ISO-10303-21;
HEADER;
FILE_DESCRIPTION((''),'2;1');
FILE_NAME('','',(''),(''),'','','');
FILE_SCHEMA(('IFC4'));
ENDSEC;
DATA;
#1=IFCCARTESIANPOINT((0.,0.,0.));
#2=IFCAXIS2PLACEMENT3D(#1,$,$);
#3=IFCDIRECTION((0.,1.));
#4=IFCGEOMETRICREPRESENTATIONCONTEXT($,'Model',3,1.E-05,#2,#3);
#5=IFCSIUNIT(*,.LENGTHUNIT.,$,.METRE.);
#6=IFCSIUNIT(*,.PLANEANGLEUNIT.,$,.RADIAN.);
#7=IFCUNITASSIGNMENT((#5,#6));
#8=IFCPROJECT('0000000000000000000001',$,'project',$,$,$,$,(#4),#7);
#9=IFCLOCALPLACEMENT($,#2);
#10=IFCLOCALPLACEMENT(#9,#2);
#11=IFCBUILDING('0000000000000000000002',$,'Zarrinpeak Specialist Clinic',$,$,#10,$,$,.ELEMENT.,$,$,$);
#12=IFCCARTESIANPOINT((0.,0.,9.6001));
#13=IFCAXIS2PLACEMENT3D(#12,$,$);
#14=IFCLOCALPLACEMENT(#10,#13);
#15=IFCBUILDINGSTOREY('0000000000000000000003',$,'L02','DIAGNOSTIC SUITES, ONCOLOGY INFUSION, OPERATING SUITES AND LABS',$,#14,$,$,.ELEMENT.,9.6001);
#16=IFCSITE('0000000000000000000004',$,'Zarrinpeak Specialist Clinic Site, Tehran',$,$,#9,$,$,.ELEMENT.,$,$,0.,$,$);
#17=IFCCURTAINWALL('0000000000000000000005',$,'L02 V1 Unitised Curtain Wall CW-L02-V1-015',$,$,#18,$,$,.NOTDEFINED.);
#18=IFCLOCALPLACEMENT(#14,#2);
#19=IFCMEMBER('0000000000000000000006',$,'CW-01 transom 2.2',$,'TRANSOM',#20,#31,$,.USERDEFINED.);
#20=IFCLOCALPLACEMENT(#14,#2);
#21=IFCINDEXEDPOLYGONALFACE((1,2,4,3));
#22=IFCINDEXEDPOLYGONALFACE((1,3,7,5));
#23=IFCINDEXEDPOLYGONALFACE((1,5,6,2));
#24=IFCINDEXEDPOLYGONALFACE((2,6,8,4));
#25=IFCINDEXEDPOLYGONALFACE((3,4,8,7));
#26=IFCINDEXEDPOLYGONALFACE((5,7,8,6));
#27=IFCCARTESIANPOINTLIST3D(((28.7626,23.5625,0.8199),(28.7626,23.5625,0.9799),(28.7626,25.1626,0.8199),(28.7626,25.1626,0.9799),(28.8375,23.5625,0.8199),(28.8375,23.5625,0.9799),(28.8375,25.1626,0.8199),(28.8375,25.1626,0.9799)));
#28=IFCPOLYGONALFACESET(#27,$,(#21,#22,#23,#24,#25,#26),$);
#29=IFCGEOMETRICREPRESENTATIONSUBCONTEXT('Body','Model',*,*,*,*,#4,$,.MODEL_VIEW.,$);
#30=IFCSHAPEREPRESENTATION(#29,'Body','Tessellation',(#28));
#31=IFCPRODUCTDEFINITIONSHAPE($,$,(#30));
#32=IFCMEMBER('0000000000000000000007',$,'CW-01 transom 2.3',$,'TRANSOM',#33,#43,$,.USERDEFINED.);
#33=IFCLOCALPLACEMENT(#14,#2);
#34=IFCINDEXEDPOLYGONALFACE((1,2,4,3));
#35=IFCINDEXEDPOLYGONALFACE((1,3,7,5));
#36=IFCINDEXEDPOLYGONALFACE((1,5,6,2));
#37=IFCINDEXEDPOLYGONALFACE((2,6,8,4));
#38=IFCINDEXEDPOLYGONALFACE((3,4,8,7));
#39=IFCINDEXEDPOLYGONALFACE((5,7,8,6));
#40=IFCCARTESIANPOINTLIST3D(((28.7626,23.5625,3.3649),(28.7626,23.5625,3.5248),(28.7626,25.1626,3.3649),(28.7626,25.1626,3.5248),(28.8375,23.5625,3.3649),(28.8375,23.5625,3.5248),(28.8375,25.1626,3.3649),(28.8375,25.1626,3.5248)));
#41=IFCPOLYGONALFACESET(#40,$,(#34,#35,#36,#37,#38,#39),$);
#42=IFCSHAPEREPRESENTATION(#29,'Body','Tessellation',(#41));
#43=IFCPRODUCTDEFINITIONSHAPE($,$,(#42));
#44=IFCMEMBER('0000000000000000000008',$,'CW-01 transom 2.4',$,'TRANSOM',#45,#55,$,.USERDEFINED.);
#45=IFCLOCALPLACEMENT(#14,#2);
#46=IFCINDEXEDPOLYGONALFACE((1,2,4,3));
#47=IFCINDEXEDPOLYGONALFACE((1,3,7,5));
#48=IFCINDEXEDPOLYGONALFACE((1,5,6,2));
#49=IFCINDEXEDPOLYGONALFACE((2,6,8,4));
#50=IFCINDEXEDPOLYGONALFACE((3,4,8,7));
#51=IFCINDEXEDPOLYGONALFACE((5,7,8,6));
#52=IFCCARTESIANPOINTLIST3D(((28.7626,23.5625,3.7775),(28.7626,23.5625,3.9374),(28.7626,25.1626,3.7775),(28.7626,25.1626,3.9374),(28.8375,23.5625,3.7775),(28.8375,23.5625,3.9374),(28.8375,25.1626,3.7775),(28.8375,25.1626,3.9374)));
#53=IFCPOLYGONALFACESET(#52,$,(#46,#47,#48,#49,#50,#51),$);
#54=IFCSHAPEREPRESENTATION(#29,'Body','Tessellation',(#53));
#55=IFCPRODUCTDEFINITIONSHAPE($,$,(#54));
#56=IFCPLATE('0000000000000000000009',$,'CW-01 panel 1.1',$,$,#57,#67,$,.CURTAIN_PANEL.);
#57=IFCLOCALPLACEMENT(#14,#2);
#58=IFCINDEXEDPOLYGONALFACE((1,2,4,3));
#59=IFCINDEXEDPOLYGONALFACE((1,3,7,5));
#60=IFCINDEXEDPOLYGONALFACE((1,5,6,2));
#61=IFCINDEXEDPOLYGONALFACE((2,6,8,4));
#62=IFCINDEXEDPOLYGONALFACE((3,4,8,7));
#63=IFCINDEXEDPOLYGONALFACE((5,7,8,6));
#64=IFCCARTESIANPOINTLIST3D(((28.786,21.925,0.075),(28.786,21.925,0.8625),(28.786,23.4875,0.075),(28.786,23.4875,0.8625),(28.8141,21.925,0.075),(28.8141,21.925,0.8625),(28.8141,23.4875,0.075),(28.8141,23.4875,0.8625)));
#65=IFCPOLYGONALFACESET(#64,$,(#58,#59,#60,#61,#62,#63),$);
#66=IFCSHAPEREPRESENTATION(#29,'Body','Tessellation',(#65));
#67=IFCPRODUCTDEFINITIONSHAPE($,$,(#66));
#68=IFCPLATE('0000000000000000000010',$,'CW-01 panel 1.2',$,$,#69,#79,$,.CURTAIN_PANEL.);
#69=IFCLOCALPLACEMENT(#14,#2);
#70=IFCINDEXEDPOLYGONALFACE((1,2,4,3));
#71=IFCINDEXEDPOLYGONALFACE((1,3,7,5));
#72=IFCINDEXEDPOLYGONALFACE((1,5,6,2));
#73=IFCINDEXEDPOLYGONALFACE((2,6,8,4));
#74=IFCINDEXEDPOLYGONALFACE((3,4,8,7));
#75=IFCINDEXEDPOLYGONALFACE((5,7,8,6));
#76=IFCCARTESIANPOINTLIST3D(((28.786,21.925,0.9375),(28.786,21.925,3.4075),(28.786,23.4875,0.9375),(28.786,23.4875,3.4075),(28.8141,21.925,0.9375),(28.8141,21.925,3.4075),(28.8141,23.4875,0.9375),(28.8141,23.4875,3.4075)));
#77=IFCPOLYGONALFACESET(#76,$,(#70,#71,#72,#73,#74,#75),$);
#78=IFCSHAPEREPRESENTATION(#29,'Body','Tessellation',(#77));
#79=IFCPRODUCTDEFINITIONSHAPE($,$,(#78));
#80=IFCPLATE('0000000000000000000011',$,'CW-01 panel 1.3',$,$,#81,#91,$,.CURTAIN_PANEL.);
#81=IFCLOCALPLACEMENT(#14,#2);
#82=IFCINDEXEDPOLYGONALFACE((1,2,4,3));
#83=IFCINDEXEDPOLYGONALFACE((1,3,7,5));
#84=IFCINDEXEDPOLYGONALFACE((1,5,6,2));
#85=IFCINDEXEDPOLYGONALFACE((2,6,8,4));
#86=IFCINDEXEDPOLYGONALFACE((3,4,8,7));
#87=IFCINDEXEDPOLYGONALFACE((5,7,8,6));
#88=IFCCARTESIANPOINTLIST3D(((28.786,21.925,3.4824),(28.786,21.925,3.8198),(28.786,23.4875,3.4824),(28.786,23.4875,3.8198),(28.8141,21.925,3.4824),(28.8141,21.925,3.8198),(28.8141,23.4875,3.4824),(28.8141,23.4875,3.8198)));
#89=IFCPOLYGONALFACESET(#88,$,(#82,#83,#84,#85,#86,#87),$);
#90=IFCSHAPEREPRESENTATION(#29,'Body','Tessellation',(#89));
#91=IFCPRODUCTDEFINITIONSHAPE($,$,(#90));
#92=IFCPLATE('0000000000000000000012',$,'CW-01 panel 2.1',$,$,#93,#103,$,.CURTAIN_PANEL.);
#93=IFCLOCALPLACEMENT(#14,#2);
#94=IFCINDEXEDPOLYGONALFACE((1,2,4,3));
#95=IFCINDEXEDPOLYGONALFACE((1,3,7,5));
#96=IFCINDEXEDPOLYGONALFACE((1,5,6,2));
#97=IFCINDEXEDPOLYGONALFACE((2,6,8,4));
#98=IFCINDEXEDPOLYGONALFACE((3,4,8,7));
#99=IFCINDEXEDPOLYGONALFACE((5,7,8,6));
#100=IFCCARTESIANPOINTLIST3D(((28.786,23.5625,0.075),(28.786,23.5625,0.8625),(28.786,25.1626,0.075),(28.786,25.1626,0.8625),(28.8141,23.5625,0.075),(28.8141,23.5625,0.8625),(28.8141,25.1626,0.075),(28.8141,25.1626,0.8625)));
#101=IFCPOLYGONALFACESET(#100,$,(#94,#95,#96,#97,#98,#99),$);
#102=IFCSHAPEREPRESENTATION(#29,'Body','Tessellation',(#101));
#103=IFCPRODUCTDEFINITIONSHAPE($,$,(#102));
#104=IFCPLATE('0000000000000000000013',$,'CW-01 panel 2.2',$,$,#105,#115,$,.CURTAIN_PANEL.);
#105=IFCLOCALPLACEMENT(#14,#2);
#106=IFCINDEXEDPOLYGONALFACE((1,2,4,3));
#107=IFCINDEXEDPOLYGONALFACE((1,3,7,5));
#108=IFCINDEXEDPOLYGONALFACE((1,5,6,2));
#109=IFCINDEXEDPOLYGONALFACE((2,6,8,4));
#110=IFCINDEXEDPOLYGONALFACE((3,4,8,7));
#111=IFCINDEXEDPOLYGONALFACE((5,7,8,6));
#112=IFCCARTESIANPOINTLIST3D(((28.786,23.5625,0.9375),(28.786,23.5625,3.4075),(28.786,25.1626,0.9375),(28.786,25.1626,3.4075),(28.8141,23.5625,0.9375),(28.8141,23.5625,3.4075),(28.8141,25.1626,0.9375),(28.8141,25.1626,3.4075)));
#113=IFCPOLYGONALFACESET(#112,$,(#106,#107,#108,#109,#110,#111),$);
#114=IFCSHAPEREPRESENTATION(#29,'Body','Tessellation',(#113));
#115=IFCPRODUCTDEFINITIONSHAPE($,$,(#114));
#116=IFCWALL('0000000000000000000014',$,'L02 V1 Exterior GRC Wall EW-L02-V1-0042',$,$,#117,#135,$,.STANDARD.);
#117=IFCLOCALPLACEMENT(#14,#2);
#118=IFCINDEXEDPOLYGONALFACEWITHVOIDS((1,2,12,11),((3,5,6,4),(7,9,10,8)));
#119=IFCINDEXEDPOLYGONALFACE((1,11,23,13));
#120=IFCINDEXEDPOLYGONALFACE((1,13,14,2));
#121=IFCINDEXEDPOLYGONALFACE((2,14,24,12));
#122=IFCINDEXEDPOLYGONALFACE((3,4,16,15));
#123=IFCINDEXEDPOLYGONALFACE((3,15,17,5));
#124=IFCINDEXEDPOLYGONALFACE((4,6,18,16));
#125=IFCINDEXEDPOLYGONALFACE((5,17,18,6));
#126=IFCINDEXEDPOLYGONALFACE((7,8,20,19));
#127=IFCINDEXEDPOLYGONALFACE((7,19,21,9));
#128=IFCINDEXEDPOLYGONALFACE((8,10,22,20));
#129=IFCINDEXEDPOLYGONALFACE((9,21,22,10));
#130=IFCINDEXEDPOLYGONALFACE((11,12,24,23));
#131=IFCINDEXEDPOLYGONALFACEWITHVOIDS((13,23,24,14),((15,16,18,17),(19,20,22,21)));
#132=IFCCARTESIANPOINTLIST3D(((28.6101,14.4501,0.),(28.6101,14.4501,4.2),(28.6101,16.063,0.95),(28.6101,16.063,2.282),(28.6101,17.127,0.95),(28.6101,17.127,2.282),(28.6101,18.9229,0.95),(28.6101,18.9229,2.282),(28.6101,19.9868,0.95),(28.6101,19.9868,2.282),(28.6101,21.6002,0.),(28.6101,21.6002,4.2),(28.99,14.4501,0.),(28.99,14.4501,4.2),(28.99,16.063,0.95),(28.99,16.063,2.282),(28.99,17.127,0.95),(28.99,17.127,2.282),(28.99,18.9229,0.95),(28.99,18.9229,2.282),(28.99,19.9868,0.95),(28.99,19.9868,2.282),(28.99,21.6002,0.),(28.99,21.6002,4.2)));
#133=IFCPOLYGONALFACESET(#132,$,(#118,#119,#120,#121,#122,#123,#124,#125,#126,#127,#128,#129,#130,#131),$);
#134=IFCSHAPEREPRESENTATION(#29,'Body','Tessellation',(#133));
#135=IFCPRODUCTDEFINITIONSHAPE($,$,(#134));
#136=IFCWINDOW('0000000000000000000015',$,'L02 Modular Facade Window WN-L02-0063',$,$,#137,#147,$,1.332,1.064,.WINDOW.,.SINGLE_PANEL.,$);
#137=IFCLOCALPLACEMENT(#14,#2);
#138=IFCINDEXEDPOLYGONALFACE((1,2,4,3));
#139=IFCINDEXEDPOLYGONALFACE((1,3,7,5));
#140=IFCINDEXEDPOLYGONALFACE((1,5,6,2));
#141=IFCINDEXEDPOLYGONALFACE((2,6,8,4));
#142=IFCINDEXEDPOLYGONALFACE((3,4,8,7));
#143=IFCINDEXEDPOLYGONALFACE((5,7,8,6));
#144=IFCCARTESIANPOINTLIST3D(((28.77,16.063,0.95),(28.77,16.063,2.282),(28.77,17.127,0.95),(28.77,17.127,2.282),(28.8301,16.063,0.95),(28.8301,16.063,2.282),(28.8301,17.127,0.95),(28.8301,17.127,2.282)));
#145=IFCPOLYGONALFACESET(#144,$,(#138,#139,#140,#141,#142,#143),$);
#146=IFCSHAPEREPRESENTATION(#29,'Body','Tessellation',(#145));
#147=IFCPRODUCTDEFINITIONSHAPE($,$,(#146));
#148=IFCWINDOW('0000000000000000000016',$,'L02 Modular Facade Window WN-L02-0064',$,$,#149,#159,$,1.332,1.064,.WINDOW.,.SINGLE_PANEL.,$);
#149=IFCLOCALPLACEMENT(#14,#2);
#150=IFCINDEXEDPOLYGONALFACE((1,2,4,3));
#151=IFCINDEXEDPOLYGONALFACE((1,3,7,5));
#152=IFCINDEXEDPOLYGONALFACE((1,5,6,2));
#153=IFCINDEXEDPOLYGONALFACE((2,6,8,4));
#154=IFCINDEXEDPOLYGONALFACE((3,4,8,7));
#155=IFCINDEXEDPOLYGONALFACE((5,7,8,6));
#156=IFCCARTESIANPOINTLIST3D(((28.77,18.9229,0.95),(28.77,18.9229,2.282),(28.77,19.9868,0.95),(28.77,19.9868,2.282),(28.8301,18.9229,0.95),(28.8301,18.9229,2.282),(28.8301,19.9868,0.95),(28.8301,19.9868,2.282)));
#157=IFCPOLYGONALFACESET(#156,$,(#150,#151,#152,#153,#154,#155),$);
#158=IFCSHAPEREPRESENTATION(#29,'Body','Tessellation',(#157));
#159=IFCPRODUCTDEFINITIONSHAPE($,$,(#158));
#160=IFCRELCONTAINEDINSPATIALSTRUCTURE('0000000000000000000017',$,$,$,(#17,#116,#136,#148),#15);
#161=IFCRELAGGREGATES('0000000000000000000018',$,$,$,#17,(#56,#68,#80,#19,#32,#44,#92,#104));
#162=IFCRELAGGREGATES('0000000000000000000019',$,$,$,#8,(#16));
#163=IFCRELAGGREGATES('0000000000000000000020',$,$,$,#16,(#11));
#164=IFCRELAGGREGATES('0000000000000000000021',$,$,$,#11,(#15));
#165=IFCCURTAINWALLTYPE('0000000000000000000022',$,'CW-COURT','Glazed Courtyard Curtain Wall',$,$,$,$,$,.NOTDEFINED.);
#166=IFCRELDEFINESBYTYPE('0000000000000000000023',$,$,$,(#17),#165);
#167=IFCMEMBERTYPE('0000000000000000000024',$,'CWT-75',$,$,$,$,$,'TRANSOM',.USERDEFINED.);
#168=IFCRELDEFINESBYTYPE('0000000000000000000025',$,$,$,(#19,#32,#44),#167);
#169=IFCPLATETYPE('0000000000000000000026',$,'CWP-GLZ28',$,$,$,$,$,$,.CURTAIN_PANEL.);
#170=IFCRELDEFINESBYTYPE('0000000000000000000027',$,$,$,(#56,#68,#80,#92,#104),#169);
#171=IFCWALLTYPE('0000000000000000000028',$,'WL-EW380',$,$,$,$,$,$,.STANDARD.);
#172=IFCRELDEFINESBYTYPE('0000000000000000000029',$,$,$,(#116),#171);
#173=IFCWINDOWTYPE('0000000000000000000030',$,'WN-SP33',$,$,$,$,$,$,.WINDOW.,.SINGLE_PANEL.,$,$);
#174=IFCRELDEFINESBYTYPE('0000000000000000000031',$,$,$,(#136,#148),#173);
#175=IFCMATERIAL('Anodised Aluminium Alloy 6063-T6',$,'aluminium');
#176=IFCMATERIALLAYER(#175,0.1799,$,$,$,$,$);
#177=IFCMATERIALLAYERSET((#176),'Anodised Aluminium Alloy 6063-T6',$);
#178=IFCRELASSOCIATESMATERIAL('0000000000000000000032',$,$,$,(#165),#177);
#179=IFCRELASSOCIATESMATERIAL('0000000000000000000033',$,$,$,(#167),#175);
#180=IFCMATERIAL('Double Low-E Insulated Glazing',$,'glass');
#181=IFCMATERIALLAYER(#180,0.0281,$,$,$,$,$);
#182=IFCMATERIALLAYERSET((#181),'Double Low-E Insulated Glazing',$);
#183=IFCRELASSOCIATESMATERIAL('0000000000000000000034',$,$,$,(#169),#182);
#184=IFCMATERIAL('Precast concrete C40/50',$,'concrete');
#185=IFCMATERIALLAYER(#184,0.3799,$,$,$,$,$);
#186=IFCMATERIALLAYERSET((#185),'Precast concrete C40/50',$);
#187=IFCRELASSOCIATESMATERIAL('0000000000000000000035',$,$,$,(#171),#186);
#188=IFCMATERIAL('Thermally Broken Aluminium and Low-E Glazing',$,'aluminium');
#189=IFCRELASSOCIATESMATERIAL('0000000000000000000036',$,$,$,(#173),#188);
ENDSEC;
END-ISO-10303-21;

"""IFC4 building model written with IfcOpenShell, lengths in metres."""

from ifc_helpers import new_model, si_unit, direction, frame, frame_2d, origin, origin_2d, place, context, subcontext, project, spatial, rectangle, extrude, material, layer, layer_set, material_profile, profile_set, type_object, element, fill, aggregate, save


model = new_model("IFC4")

# Units and contexts
model_context = context("Model", 3, precision=1e-05, world=origin(), true_north=direction((0.0, 1.0)))
body_context = subcontext(model_context, "Body", "Model", "MODEL_VIEW")
ifc_project = project(units=[si_unit("LENGTHUNIT", "METRE"), si_unit("PLANEANGLEUNIT", "RADIAN")], contexts=[model_context])

# Site, building, storey
site_placement = place(None, origin())
site = spatial("IfcSite", under=ifc_project, at=site_placement, Name="Zarrinpeak Specialist Clinic Site, Tehran", CompositionType="ELEMENT", RefElevation=0.0)
building_placement = place(site_placement, origin())
building = spatial("IfcBuilding", under=site, at=building_placement, Name="Zarrinpeak Specialist Clinic", CompositionType="ELEMENT")
storey_placement = place(building_placement, frame((0.0, 0.0, 9.6001)))
storey = spatial("IfcBuildingStorey", under=building, at=storey_placement, Name="L02", Description="DIAGNOSTIC SUITES, ONCOLOGY INFUSION, OPERATING SUITES AND LABS", CompositionType="ELEMENT", Elevation=9.6001)

# Curtain wall, members, plates
ifc_material_1 = material(Name="Anodised Aluminium Alloy 6063-T6", Category="aluminium")
ifc_layer_1 = layer(ifc_material_1, 0.1799)
ifc_layer_set_1 = layer_set([ifc_layer_1], Name="Anodised Aluminium Alloy 6063-T6")
curtain_wall_type = type_object("IfcCurtainWallType", Name="CW-COURT", Description="Glazed Courtyard Curtain Wall", PredefinedType="NOTDEFINED", material=ifc_layer_set_1)
curtain_wall_placement = place(storey_placement, origin())
curtain_wall = element("IfcCurtainWall", 1, at=curtain_wall_placement, inside=storey, type_object=curtain_wall_type, Name="L02 V1 Unitised Curtain Wall CW-L02-V1-015", PredefinedType="NOTDEFINED")
ifc_material_profile_1 = material_profile(ifc_material_1, rectangle(XDim=0.075, YDim=0.1599, at=origin_2d()), Name="ALU 75x160")
ifc_profile_set_1 = profile_set([ifc_material_profile_1], Name="Anodised Aluminium Alloy 6063-T6")
member_type_1 = type_object("IfcMemberType", Name="CWT-75", ElementType="TRANSOM", PredefinedType="USERDEFINED", material=ifc_profile_set_1)
member_1_placement = place(storey_placement, frame((28.8, 23.5625, 0.8999), z_axis=(0.0, 1.0, 0.0), x_axis=(-1.0, 0.0, 0.0)))
member_1 = element("IfcMember", 2, at=member_1_placement, type_object=member_type_1, Name="CW-01 transom 2.2", ObjectType="TRANSOM", PredefinedType="USERDEFINED", context=body_context, shape_type="SweptSolid", body=[
    extrude(rectangle(XDim=0.075, YDim=0.1599, at=origin_2d()), origin(), (0.0, 0.0, 1.0), 1.6001),
])
member_2_placement = place(storey_placement, frame((28.8, 23.5625, 3.4448), z_axis=(0.0, 1.0, 0.0), x_axis=(-1.0, 0.0, 0.0)))
member_2 = element("IfcMember", 3, at=member_2_placement, type_object=member_type_1, Name="CW-01 transom 2.3", ObjectType="TRANSOM", PredefinedType="USERDEFINED", context=body_context, shape_type="SweptSolid", body=[
    extrude(rectangle(XDim=0.075, YDim=0.1599, at=origin_2d()), origin(), (0.0, 0.0, 1.0), 1.6001),
])
member_3_placement = place(storey_placement, frame((28.8, 23.5625, 3.8574), z_axis=(0.0, 1.0, 0.0), x_axis=(-1.0, 0.0, 0.0)))
member_3 = element("IfcMember", 4, at=member_3_placement, type_object=member_type_1, Name="CW-01 transom 2.4", ObjectType="TRANSOM", PredefinedType="USERDEFINED", context=body_context, shape_type="SweptSolid", body=[
    extrude(rectangle(XDim=0.075, YDim=0.1599, at=origin_2d()), origin(), (0.0, 0.0, 1.0), 1.6001),
])
ifc_material_2 = material(Name="Double Low-E Insulated Glazing", Category="glass")
ifc_layer_2 = layer(ifc_material_2, 0.0281)
ifc_layer_set_2 = layer_set([ifc_layer_2], Name="Double Low-E Insulated Glazing")
plate_type = type_object("IfcPlateType", Name="CWP-GLZ28", PredefinedType="CURTAIN_PANEL", material=ifc_layer_set_2)
plate_1_placement = place(storey_placement, frame((28.8, 22.7063, 0.075), z_axis=(0.0, 0.0, 1.0), x_axis=(0.0, 1.0, 0.0)))
plate_1 = element("IfcPlate", 5, at=plate_1_placement, type_object=plate_type, Name="CW-01 panel 1.1", PredefinedType="CURTAIN_PANEL", context=body_context, shape_type="SweptSolid", body=[
    extrude(rectangle(XDim=1.5625, YDim=0.0281, at=origin_2d()), origin(), (0.0, 0.0, 1.0), 0.7876),
])
plate_2_placement = place(storey_placement, frame((28.8, 22.7063, 0.9375), z_axis=(0.0, 0.0, 1.0), x_axis=(0.0, 1.0, 0.0)))
plate_2 = element("IfcPlate", 6, at=plate_2_placement, type_object=plate_type, Name="CW-01 panel 1.2", PredefinedType="CURTAIN_PANEL", context=body_context, shape_type="SweptSolid", body=[
    extrude(rectangle(XDim=1.5625, YDim=0.0281, at=origin_2d()), origin(), (0.0, 0.0, 1.0), 2.47),
])
plate_3_placement = place(storey_placement, frame((28.8, 22.7063, 3.4824), z_axis=(0.0, 0.0, 1.0), x_axis=(0.0, 1.0, 0.0)))
plate_3 = element("IfcPlate", 7, at=plate_3_placement, type_object=plate_type, Name="CW-01 panel 1.3", PredefinedType="CURTAIN_PANEL", context=body_context, shape_type="SweptSolid", body=[
    extrude(rectangle(XDim=1.5625, YDim=0.0281, at=origin_2d()), origin(), (0.0, 0.0, 1.0), 0.3374),
])
plate_4_placement = place(storey_placement, frame((28.8, 24.3625, 0.075), z_axis=(0.0, 0.0, 1.0), x_axis=(0.0, 1.0, 0.0)))
plate_4 = element("IfcPlate", 8, at=plate_4_placement, type_object=plate_type, Name="CW-01 panel 2.1", PredefinedType="CURTAIN_PANEL", context=body_context, shape_type="SweptSolid", body=[
    extrude(rectangle(XDim=1.6001, YDim=0.0281, at=origin_2d()), origin(), (0.0, 0.0, 1.0), 0.7876),
])
plate_5_placement = place(storey_placement, frame((28.8, 24.3625, 0.9375), z_axis=(0.0, 0.0, 1.0), x_axis=(0.0, 1.0, 0.0)))
plate_5 = element("IfcPlate", 9, at=plate_5_placement, type_object=plate_type, Name="CW-01 panel 2.2", PredefinedType="CURTAIN_PANEL", context=body_context, shape_type="SweptSolid", body=[
    extrude(rectangle(XDim=1.6001, YDim=0.0281, at=origin_2d()), origin(), (0.0, 0.0, 1.0), 2.47),
])
aggregate(curtain_wall, [plate_1, plate_2, plate_3, member_1, member_2, member_3, plate_4, plate_5])

# Wall, openings, windows
ifc_material_3 = material(Name="Precast concrete C40/50", Category="concrete")
ifc_layer_3 = layer(ifc_material_3, 0.3799)
ifc_layer_set_3 = layer_set([ifc_layer_3], Name="Precast concrete C40/50")
wall_type = type_object("IfcWallType", Name="WL-EW380", PredefinedType="STANDARD", material=ifc_layer_set_3)
wall_placement = place(storey_placement, frame((28.8, 14.45, 0.0), z_axis=(0.0, 0.0, 1.0), x_axis=(0.0, 1.0, 0.0)))
wall = element("IfcWall", 10, at=wall_placement, inside=storey, type_object=wall_type, Name="L02 V1 Exterior GRC Wall EW-L02-V1-0042", PredefinedType="STANDARD", context=body_context, shape_type="SweptSolid", body=[
    extrude(rectangle(XDim=7.1501, YDim=0.3799, at=frame_2d((3.5752, 0.0))), origin(), (0.0, 0.0, 1.0), 4.2),
])
opening_1_placement = place(wall_placement, frame((1.613, 0.0, 0.95)))
opening_1 = element("IfcOpeningElement", 11, at=opening_1_placement, cuts=wall, PredefinedType="OPENING", context=body_context, shape_type="SweptSolid", body=[
    extrude(rectangle(XDim=1.064, YDim=1.332, at=frame_2d((0.532, 0.666))), frame((0.0, 0.2, 0.0), z_axis=(0.0, -1.0, 0.0), x_axis=(1.0, 0.0, 0.0)), (0.0, 0.0, 1.0), 0.3999),
])
opening_2_placement = place(wall_placement, frame((4.4729, 0.0, 0.95)))
opening_2 = element("IfcOpeningElement", 12, at=opening_2_placement, cuts=wall, PredefinedType="OPENING", context=body_context, shape_type="SweptSolid", body=[
    extrude(rectangle(XDim=1.064, YDim=1.332, at=frame_2d((0.532, 0.666))), frame((0.0, 0.2, 0.0), z_axis=(0.0, -1.0, 0.0), x_axis=(1.0, 0.0, 0.0)), (0.0, 0.0, 1.0), 0.3999),
])
ifc_material_4 = material(Name="Thermally Broken Aluminium and Low-E Glazing", Category="aluminium")
window_type = type_object("IfcWindowType", Name="WN-SP33", PartitioningType="SINGLE_PANEL", PredefinedType="WINDOW", material=ifc_material_4)
window_1_placement = place(opening_1_placement, origin())
window_1 = element("IfcWindow", 13, at=window_1_placement, inside=storey, type_object=window_type, Name="L02 Modular Facade Window WN-L02-0063", OverallHeight=1.332, OverallWidth=1.064, PartitioningType="SINGLE_PANEL", PredefinedType="WINDOW", context=body_context, shape_type="SweptSolid", body=[
    extrude(rectangle(XDim=1.064, YDim=1.332, at=frame_2d((0.532, 0.666))), frame((0.0, 0.03, 0.0), z_axis=(0.0, -1.0, 0.0), x_axis=(1.0, 0.0, 0.0)), (0.0, 0.0, 1.0), 0.0601),
])
fill(opening_1, window_1)
window_2_placement = place(opening_2_placement, origin())
window_2 = element("IfcWindow", 14, at=window_2_placement, inside=storey, type_object=window_type, Name="L02 Modular Facade Window WN-L02-0064", OverallHeight=1.332, OverallWidth=1.064, PartitioningType="SINGLE_PANEL", PredefinedType="WINDOW", context=body_context, shape_type="SweptSolid", body=[
    extrude(rectangle(XDim=1.064, YDim=1.332, at=frame_2d((0.532, 0.666))), frame((0.0, 0.03, 0.0), z_axis=(0.0, -1.0, 0.0), x_axis=(1.0, 0.0, 0.0)), (0.0, 0.0, 1.0), 0.0601),
])
fill(opening_2, window_2)

save(model, "model.ifc")
